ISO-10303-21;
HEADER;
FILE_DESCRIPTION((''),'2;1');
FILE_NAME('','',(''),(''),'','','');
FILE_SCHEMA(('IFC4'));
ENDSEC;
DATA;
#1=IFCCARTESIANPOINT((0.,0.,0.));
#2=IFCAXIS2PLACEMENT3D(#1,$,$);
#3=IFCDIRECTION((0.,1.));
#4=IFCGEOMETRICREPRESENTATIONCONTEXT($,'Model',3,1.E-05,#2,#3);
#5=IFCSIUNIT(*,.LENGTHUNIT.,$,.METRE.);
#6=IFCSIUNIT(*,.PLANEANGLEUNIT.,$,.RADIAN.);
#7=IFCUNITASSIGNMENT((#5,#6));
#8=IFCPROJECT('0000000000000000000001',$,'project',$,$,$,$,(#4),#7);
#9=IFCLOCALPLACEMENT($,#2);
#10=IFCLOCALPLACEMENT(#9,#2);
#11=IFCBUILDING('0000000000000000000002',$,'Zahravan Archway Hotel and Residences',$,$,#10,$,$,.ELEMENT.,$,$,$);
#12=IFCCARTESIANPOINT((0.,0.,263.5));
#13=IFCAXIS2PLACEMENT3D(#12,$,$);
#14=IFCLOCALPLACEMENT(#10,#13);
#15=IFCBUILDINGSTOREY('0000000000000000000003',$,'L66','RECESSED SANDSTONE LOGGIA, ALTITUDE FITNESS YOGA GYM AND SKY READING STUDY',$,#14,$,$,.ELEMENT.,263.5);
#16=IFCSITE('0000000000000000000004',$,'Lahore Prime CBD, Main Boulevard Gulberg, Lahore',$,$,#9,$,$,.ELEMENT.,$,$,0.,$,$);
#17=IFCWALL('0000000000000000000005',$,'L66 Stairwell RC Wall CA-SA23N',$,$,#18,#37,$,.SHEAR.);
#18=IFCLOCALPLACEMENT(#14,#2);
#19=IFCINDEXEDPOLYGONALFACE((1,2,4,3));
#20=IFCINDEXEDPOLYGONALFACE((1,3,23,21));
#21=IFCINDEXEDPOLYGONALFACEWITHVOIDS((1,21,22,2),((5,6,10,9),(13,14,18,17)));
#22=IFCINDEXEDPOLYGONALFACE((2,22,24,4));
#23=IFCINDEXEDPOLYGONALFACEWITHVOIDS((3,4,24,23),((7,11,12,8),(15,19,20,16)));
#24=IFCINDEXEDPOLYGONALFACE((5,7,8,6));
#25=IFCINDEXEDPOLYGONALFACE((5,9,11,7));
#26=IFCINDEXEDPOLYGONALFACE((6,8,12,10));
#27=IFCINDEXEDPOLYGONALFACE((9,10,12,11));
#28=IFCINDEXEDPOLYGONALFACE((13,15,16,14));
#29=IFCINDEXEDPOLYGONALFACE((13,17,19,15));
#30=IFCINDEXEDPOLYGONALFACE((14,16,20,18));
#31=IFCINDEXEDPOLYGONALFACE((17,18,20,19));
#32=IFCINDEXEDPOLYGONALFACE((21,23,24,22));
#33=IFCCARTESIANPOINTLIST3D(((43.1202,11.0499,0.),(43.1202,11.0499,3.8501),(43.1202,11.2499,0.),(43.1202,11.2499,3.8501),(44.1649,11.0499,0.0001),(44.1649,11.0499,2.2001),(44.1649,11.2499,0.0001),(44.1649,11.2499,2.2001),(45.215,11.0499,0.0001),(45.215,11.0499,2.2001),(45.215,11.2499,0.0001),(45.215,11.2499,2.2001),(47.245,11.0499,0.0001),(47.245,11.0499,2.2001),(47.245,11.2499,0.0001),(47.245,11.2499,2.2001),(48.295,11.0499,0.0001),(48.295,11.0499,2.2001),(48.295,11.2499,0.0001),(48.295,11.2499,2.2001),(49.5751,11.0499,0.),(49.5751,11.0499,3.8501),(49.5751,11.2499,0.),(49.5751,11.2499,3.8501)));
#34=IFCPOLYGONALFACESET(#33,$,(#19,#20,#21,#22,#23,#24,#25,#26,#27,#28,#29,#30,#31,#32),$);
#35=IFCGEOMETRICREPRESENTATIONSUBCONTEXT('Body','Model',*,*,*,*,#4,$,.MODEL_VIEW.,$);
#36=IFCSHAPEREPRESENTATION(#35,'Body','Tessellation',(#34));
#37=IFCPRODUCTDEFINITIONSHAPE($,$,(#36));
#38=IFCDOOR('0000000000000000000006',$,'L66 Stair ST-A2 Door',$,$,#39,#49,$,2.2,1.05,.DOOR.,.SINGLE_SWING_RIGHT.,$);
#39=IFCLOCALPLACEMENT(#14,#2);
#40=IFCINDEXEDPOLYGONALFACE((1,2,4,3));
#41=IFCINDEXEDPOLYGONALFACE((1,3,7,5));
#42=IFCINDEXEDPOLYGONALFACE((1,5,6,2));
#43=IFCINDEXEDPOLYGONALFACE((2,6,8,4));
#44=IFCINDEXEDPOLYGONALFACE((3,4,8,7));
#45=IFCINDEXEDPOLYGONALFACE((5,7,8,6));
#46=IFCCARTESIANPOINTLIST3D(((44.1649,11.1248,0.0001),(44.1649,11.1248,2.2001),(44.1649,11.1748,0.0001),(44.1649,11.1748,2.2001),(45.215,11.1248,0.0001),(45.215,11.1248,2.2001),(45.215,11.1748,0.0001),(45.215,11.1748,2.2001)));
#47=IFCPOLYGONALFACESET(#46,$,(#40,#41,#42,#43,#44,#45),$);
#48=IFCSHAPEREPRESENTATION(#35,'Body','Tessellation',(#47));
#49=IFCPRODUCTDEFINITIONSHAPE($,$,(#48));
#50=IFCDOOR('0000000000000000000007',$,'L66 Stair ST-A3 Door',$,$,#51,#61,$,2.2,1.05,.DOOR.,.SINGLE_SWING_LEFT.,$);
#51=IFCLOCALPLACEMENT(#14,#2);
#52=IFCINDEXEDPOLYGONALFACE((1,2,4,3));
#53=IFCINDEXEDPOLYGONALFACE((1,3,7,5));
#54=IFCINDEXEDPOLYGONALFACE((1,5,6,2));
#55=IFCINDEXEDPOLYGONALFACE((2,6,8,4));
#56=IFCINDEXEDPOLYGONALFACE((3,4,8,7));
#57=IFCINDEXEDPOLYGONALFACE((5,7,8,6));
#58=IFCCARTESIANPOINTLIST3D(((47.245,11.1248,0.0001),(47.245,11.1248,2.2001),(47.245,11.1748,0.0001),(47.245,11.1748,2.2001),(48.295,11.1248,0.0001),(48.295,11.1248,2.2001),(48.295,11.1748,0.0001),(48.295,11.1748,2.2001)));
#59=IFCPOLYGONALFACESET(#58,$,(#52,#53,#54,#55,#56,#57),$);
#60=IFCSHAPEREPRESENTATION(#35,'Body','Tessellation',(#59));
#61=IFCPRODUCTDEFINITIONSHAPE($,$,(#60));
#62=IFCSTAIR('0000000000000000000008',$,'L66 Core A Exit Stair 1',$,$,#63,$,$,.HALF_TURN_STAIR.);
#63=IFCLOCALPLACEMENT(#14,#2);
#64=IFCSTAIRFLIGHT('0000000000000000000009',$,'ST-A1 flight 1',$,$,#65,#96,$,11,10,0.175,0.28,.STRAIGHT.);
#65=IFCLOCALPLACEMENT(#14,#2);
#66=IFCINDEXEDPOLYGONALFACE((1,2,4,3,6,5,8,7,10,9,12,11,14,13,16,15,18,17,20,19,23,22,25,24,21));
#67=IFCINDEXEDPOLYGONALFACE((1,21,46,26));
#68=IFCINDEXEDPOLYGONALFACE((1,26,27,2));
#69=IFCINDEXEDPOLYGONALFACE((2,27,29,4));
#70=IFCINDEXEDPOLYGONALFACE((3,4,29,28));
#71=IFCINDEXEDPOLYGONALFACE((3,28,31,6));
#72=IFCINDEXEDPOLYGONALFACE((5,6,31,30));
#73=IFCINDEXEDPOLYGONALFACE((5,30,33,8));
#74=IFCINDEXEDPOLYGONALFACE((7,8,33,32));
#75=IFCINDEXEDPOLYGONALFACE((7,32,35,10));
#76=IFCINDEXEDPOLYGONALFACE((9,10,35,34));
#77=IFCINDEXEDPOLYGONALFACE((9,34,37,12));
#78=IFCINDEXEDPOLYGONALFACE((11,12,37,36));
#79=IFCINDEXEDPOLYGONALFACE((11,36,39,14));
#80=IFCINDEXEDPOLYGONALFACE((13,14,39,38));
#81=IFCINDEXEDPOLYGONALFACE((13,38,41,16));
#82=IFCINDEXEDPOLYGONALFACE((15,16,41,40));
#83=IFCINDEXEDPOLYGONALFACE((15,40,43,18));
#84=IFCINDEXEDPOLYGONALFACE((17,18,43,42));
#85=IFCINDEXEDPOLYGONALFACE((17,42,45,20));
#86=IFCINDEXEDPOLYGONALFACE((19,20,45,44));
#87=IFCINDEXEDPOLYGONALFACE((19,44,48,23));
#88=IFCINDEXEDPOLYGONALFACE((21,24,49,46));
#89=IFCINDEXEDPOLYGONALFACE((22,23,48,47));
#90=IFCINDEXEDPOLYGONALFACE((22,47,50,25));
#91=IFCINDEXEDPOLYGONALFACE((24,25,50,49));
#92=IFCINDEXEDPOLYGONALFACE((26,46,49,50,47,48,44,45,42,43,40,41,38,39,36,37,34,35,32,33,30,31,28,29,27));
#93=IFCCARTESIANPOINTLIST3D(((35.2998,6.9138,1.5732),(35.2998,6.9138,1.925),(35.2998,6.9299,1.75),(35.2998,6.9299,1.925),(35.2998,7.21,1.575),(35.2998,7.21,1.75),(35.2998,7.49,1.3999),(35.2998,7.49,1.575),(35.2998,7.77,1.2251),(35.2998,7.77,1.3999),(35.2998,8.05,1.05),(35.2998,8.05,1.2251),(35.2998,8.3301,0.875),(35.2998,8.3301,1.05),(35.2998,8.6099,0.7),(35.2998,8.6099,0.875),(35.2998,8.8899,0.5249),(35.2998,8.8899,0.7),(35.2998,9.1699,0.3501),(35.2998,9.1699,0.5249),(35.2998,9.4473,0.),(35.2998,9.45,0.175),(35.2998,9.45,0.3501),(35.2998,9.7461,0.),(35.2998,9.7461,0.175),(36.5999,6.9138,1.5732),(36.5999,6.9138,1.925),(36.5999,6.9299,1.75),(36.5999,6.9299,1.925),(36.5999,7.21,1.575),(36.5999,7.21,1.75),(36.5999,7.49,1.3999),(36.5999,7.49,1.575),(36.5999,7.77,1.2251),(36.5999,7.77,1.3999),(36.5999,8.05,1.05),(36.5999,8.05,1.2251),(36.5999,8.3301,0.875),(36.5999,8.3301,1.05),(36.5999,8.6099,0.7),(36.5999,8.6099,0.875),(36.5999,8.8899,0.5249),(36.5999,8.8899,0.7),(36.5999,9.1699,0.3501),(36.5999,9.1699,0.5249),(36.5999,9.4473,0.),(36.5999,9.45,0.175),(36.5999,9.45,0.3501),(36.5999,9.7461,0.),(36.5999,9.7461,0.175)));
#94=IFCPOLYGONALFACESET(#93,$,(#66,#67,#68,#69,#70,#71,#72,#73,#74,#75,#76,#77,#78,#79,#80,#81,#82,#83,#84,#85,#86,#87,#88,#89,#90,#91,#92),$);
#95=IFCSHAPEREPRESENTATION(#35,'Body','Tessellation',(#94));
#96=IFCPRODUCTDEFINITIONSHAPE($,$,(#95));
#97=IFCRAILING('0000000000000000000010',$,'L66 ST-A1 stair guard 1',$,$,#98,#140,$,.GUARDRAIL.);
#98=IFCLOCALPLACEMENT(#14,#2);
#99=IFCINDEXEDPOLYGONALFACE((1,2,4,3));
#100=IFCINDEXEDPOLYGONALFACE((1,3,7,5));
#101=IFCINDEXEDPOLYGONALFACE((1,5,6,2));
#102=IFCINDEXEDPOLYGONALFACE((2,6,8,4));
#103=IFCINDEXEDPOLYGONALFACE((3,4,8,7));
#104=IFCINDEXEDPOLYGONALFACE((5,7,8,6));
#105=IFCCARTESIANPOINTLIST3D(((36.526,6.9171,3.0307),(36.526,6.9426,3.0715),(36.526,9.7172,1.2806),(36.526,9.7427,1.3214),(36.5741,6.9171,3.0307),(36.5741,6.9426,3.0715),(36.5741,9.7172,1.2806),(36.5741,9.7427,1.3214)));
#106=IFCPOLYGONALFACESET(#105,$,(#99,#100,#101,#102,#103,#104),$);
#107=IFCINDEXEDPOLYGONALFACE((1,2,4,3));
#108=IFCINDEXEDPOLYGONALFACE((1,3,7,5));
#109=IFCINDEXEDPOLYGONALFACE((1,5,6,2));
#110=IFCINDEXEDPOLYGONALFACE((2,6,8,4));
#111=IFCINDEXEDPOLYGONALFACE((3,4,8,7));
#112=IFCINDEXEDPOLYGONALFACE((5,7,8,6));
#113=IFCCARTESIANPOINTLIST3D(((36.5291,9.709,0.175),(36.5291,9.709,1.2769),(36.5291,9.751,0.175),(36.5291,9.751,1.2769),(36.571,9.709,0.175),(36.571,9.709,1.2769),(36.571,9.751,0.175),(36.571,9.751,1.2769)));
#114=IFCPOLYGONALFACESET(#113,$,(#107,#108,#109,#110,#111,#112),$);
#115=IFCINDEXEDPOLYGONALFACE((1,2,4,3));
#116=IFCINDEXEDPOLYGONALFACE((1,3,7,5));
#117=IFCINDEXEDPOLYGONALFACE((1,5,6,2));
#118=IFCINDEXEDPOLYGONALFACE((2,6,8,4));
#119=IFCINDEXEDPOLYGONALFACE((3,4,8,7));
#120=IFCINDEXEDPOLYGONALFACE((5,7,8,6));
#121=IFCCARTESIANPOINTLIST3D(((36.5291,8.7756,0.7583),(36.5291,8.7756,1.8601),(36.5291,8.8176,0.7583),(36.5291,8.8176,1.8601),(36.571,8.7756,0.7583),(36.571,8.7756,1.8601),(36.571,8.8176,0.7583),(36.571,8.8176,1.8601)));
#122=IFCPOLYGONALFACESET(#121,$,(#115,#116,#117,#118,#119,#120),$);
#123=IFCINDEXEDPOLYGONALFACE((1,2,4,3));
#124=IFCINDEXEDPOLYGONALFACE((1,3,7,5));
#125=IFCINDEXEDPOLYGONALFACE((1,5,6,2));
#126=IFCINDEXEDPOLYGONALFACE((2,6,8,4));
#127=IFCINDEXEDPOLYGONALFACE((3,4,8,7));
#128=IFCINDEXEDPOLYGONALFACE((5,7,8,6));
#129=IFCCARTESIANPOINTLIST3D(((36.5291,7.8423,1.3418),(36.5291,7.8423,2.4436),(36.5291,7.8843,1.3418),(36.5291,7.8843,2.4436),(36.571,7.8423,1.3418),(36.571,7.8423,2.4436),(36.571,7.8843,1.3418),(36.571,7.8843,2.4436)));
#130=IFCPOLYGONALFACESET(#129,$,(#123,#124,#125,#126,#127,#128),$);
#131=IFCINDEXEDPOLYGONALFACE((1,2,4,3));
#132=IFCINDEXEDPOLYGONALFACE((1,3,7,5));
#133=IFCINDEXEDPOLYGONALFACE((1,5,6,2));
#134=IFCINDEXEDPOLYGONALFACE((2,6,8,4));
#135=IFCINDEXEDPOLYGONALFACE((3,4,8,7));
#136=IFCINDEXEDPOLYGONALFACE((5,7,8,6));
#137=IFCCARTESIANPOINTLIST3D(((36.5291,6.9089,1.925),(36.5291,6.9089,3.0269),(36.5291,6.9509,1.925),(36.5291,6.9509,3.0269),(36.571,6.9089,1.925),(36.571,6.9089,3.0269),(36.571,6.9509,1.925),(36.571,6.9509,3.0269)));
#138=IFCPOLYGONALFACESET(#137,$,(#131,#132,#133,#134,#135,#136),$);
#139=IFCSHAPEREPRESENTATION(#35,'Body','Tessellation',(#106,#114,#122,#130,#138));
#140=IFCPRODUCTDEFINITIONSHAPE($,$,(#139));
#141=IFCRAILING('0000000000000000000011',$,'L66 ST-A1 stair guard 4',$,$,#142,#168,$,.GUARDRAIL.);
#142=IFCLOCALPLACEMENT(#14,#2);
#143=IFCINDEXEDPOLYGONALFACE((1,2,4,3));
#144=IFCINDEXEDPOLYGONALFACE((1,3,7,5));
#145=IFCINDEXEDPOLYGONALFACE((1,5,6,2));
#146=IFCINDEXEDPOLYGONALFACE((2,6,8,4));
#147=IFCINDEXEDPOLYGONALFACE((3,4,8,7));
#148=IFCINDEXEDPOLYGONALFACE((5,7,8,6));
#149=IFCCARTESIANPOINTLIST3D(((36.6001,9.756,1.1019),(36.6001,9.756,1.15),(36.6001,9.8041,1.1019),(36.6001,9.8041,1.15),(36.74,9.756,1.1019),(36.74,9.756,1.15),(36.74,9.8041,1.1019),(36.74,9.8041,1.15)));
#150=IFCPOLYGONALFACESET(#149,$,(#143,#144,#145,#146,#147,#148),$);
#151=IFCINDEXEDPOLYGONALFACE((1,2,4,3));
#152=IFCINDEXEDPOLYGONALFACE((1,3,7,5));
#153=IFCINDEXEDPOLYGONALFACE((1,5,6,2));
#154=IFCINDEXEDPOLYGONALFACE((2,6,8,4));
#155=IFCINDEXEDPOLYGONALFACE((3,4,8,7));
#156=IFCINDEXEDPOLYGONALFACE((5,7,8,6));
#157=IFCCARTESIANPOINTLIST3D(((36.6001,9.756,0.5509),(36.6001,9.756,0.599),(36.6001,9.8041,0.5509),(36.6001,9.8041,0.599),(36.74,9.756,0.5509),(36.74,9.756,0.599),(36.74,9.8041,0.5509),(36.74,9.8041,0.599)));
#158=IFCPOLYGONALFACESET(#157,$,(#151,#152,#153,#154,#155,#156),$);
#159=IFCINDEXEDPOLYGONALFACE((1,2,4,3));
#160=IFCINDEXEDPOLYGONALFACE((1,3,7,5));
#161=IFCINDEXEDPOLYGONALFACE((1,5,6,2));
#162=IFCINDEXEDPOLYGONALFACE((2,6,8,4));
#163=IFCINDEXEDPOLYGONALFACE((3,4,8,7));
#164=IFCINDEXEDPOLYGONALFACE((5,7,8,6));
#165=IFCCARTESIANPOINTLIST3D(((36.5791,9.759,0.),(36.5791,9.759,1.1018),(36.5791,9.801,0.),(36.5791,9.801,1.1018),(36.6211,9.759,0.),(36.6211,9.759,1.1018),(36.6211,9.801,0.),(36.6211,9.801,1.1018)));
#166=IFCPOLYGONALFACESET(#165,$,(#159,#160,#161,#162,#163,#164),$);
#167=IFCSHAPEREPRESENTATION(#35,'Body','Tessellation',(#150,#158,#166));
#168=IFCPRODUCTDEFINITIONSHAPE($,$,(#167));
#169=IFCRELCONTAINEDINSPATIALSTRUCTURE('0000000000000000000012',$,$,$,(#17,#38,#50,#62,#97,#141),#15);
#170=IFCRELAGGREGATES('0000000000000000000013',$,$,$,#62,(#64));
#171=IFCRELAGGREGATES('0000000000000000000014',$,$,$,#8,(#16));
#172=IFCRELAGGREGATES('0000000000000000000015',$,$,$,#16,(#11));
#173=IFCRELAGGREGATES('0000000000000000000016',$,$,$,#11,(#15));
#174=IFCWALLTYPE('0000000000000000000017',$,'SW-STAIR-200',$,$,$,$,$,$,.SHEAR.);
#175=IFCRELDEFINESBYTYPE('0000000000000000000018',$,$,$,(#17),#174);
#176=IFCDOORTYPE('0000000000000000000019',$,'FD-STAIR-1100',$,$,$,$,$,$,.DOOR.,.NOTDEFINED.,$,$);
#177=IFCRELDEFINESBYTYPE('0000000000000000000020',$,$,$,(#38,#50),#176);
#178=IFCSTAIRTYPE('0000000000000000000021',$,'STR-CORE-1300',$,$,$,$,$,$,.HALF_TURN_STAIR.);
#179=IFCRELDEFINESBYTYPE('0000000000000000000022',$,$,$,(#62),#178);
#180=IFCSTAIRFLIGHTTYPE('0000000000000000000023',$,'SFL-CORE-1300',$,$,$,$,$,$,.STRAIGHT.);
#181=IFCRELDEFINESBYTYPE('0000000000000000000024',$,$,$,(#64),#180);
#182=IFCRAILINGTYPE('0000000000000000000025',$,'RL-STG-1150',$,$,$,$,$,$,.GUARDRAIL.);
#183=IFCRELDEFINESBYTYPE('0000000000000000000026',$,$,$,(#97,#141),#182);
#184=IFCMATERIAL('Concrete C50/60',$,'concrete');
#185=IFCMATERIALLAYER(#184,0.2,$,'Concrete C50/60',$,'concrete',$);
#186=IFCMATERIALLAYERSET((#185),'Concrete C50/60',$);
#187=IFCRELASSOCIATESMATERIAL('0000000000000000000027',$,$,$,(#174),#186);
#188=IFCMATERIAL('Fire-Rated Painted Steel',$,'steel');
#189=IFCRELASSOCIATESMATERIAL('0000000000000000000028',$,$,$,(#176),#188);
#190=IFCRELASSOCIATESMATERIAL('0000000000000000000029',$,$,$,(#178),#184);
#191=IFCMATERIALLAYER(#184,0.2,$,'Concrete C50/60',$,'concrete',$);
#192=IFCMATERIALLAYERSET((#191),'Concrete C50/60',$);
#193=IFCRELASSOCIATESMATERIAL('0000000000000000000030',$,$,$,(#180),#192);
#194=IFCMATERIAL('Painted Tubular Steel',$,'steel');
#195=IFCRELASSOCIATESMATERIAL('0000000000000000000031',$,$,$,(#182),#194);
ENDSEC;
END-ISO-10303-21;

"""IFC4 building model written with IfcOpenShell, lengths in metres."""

from ifc_helpers import new_model, si_unit, direction, frame, frame_2d, origin, origin_2d, place, context, subcontext, project, spatial, polyline, rectangle, outline, extrude, source, transform, mapped, material, layer, layer_set, type_object, type_shapes, element, fill, aggregate, save


model = new_model("IFC4")

# Units and contexts
model_context = context("Model", 3, precision=1e-05, world=origin(), true_north=direction((0.0, 1.0)))
body_context = subcontext(model_context, "Body", "Model", "MODEL_VIEW")
ifc_project = project(units=[si_unit("LENGTHUNIT", "METRE"), si_unit("PLANEANGLEUNIT", "RADIAN")], contexts=[model_context])

# Site, building, storey
site_placement = place(None, origin())
site = spatial("IfcSite", under=ifc_project, at=site_placement, Name="Lahore Prime CBD, Main Boulevard Gulberg, Lahore", CompositionType="ELEMENT", RefElevation=0.0)
building_placement = place(site_placement, origin())
building = spatial("IfcBuilding", under=site, at=building_placement, Name="Zahravan Archway Hotel and Residences", CompositionType="ELEMENT")
storey_placement = place(building_placement, frame((0.0, 0.0, 263.5)))
storey = spatial("IfcBuildingStorey", under=building, at=storey_placement, Name="L66", Description="RECESSED SANDSTONE LOGGIA, ALTITUDE FITNESS YOGA GYM AND SKY READING STUDY", CompositionType="ELEMENT", Elevation=263.5)

# Shared definitions
ifc_material_1 = material(Name="Concrete C50/60", Category="concrete")

# Shared definitions
ifc_material_2 = material(Name="Fire-Rated Painted Steel", Category="steel")

# Shared definitions
ifc_layer_1 = layer(ifc_material_1, 0.2, Name="Concrete C50/60", Category="concrete")
ifc_layer_set_1 = layer_set([ifc_layer_1], Name="Concrete C50/60")
wall_type_1 = type_object("IfcWallType", Name="SW-STAIR-200", PredefinedType="SHEAR", material=ifc_layer_set_1)
door_type_1 = type_object("IfcDoorType", Name="FD-STAIR-1100", OperationType="NOTDEFINED", PredefinedType="DOOR", material=ifc_material_2)
shared_shape_1 = source(origin(), body_context, "Body", "SweptSolid", [
    extrude(rectangle(XDim=1.05, YDim=2.2, at=frame_2d((0.5249, 1.1001))), frame((0.0, 0.0249, 0.0), z_axis=(0.0, -1.0, 0.0), x_axis=(1.0, 0.0, 0.0)), (0.0, 0.0, 1.0), 0.05),
])
type_shapes(door_type_1, [shared_shape_1])

# Wall, openings, doors
wall_1_placement = place(storey_placement, frame((43.1201, 11.1499, 0.0), z_axis=(0.0, 0.0, 1.0), x_axis=(1.0, 0.0, 0.0)))
wall_1 = element("IfcWall", 1, at=wall_1_placement, inside=storey, type_object=wall_type_1, Name="L66 Stairwell RC Wall CA-SA23N", PredefinedType="SHEAR", context=body_context, shape_type="SweptSolid", body=[
    extrude(rectangle(XDim=6.4548, YDim=0.2, at=frame_2d((3.2275, 0.0))), origin(), (0.0, 0.0, 1.0), 3.8501),
])
opening_1_placement = place(wall_1_placement, frame((1.0449, 0.0, 0.0)))
opening_1 = element("IfcOpeningElement", 2, at=opening_1_placement, cuts=wall_1, PredefinedType="OPENING", context=body_context, shape_type="SweptSolid", body=[
    extrude(rectangle(XDim=1.05, YDim=2.2, at=frame_2d((0.5249, 1.1001))), frame((0.0, 0.1099, 0.0), z_axis=(0.0, -1.0, 0.0), x_axis=(1.0, 0.0, 0.0)), (0.0, 0.0, 1.0), 0.22),
])
opening_2_placement = place(wall_1_placement, frame((4.125, 0.0, 0.0)))
opening_2 = element("IfcOpeningElement", 3, at=opening_2_placement, cuts=wall_1, PredefinedType="OPENING", context=body_context, shape_type="SweptSolid", body=[
    extrude(rectangle(XDim=1.05, YDim=2.2, at=frame_2d((0.5249, 1.1001))), frame((0.0, 0.1099, 0.0), z_axis=(0.0, -1.0, 0.0), x_axis=(1.0, 0.0, 0.0)), (0.0, 0.0, 1.0), 0.22),
])
door_1_placement = place(opening_1_placement, origin())
door_1 = element("IfcDoor", 4, at=door_1_placement, inside=storey, type_object=door_type_1, Name="L66 Stair ST-A2 Door", OperationType="SINGLE_SWING_RIGHT", OverallHeight=2.2, OverallWidth=1.05, PredefinedType="DOOR", context=body_context, shape_type="MappedRepresentation", body=[
    mapped(shared_shape_1, transform((0.0, 0.0, 0.0), scale=1.0)),
])
fill(opening_1, door_1)
door_2_placement = place(opening_2_placement, origin())
door_2 = element("IfcDoor", 5, at=door_2_placement, inside=storey, type_object=door_type_1, Name="L66 Stair ST-A3 Door", OperationType="SINGLE_SWING_LEFT", OverallHeight=2.2, OverallWidth=1.05, PredefinedType="DOOR", context=body_context, shape_type="MappedRepresentation", body=[
    mapped(shared_shape_1, transform((0.0, 0.0, 0.0), scale=1.0)),
])
fill(opening_2, door_2)

# Stair, stair flight
stair_type = type_object("IfcStairType", Name="STR-CORE-1300", PredefinedType="HALF_TURN_STAIR", material=ifc_material_1)
stair_placement = place(storey_placement, origin())
stair = element("IfcStair", 6, at=stair_placement, inside=storey, type_object=stair_type, Name="L66 Core A Exit Stair 1", PredefinedType="HALF_TURN_STAIR")
ifc_layer_2 = layer(ifc_material_1, 0.2, Name="Concrete C50/60", Category="concrete")
ifc_layer_set_2 = layer_set([ifc_layer_2], Name="Concrete C50/60")
stair_flight_type = type_object("IfcStairFlightType", Name="SFL-CORE-1300", PredefinedType="STRAIGHT", material=ifc_layer_set_2)
shared_shape_2 = source(origin(), body_context, "Body", "SweptSolid", [
    extrude(outline(polyline([(-0.0161, 0.0), (-0.0161, 0.175), (0.28, 0.175), (0.28, 0.3501), (0.5601, 0.3501), (0.5601, 0.5249), (0.8401, 0.5249), (0.8401, 0.7), (1.1201, 0.7), (1.1201, 0.875), (1.3999, 0.875), (1.3999, 1.05), (1.6799, 1.05), (1.6799, 1.2251), (1.96, 1.2251), (1.96, 1.3999), (2.24, 1.3999), (2.24, 1.575), (2.52, 1.575), (2.52, 1.75), (2.8, 1.75), (2.8, 1.925), (2.8162, 1.925), (2.8162, 1.5732), (0.2827, 0.0), (-0.0161, 0.0)])), frame((0.0, 0.6499, 0.0), z_axis=(0.0, -1.0, 0.0), x_axis=(1.0, 0.0, 0.0)), (0.0, 0.0, 1.0), 1.3),
])
stair_flight_placement = place(storey_placement, frame((35.95, 9.73, 0.0), z_axis=(0.0, 0.0, 1.0), x_axis=(0.0, -1.0, 0.0)))
stair_flight = element("IfcStairFlight", 7, at=stair_flight_placement, type_object=stair_flight_type, Name="ST-A1 flight 1", NumberOfRisers=11, NumberOfTreads=10, PredefinedType="STRAIGHT", RiserHeight=0.175, TreadLength=0.28, context=body_context, shape_type="MappedRepresentation", body=[
    mapped(shared_shape_2, transform((0.0, 0.0, 0.0), scale=1.0)),
])
aggregate(stair, [stair_flight])

# Railings
ifc_material_3 = material(Name="Painted Tubular Steel", Category="steel")
railing_type_1 = type_object("IfcRailingType", Name="RL-STG-1150", PredefinedType="GUARDRAIL", material=ifc_material_3)
railing_1_placement = place(storey_placement, frame((36.55, 9.73, 0.175)))
element("IfcRailing", 8, at=railing_1_placement, inside=storey, type_object=railing_type_1, Name="L66 ST-A1 stair guard 1", PredefinedType="GUARDRAIL", context=body_context, shape_type="SweptSolid", body=[
    extrude(rectangle(XDim=0.0481, YDim=0.0481, at=origin_2d()), frame((0.0, 0.0, 1.126), z_axis=(0.0, -0.848002, 0.529992), x_axis=(1.0, 0.0, 0.0)), (0.0, 0.0, 1.0), 3.302),
    extrude(rectangle(XDim=0.042, YDim=0.042, at=origin_2d()), origin(), (0.0, 0.0, 1.0), 1.1018),
    extrude(rectangle(XDim=0.042, YDim=0.042, at=origin_2d()), frame((0.0, -0.9333, 0.5833)), (0.0, 0.0, 1.0), 1.1018),
    extrude(rectangle(XDim=0.042, YDim=0.042, at=origin_2d()), frame((0.0, -1.8667, 1.1667)), (0.0, 0.0, 1.0), 1.1018),
    extrude(rectangle(XDim=0.042, YDim=0.042, at=origin_2d()), frame((0.0, -2.8, 1.75)), (0.0, 0.0, 1.0), 1.1018),
])
railing_2_placement = place(storey_placement, frame((36.6001, 9.78, 0.0)))
element("IfcRailing", 9, at=railing_2_placement, inside=storey, type_object=railing_type_1, Name="L66 ST-A1 stair guard 4", PredefinedType="GUARDRAIL", context=body_context, shape_type="SweptSolid", body=[
    extrude(rectangle(XDim=0.0481, YDim=0.0481, at=origin_2d()), frame((0.0, 0.0, 1.126), z_axis=(1.0, 0.0, 0.0), x_axis=(0.0, 1.0, 0.0)), (0.0, 0.0, 1.0), 0.1399),
    extrude(rectangle(XDim=0.0481, YDim=0.0481, at=origin_2d()), frame((0.0, 0.0, 0.575), z_axis=(1.0, 0.0, 0.0), x_axis=(0.0, 1.0, 0.0)), (0.0, 0.0, 1.0), 0.1399),
    extrude(rectangle(XDim=0.042, YDim=0.042, at=origin_2d()), origin(), (0.0, 0.0, 1.0), 1.1018),
])

save(model, "model.ifc")
